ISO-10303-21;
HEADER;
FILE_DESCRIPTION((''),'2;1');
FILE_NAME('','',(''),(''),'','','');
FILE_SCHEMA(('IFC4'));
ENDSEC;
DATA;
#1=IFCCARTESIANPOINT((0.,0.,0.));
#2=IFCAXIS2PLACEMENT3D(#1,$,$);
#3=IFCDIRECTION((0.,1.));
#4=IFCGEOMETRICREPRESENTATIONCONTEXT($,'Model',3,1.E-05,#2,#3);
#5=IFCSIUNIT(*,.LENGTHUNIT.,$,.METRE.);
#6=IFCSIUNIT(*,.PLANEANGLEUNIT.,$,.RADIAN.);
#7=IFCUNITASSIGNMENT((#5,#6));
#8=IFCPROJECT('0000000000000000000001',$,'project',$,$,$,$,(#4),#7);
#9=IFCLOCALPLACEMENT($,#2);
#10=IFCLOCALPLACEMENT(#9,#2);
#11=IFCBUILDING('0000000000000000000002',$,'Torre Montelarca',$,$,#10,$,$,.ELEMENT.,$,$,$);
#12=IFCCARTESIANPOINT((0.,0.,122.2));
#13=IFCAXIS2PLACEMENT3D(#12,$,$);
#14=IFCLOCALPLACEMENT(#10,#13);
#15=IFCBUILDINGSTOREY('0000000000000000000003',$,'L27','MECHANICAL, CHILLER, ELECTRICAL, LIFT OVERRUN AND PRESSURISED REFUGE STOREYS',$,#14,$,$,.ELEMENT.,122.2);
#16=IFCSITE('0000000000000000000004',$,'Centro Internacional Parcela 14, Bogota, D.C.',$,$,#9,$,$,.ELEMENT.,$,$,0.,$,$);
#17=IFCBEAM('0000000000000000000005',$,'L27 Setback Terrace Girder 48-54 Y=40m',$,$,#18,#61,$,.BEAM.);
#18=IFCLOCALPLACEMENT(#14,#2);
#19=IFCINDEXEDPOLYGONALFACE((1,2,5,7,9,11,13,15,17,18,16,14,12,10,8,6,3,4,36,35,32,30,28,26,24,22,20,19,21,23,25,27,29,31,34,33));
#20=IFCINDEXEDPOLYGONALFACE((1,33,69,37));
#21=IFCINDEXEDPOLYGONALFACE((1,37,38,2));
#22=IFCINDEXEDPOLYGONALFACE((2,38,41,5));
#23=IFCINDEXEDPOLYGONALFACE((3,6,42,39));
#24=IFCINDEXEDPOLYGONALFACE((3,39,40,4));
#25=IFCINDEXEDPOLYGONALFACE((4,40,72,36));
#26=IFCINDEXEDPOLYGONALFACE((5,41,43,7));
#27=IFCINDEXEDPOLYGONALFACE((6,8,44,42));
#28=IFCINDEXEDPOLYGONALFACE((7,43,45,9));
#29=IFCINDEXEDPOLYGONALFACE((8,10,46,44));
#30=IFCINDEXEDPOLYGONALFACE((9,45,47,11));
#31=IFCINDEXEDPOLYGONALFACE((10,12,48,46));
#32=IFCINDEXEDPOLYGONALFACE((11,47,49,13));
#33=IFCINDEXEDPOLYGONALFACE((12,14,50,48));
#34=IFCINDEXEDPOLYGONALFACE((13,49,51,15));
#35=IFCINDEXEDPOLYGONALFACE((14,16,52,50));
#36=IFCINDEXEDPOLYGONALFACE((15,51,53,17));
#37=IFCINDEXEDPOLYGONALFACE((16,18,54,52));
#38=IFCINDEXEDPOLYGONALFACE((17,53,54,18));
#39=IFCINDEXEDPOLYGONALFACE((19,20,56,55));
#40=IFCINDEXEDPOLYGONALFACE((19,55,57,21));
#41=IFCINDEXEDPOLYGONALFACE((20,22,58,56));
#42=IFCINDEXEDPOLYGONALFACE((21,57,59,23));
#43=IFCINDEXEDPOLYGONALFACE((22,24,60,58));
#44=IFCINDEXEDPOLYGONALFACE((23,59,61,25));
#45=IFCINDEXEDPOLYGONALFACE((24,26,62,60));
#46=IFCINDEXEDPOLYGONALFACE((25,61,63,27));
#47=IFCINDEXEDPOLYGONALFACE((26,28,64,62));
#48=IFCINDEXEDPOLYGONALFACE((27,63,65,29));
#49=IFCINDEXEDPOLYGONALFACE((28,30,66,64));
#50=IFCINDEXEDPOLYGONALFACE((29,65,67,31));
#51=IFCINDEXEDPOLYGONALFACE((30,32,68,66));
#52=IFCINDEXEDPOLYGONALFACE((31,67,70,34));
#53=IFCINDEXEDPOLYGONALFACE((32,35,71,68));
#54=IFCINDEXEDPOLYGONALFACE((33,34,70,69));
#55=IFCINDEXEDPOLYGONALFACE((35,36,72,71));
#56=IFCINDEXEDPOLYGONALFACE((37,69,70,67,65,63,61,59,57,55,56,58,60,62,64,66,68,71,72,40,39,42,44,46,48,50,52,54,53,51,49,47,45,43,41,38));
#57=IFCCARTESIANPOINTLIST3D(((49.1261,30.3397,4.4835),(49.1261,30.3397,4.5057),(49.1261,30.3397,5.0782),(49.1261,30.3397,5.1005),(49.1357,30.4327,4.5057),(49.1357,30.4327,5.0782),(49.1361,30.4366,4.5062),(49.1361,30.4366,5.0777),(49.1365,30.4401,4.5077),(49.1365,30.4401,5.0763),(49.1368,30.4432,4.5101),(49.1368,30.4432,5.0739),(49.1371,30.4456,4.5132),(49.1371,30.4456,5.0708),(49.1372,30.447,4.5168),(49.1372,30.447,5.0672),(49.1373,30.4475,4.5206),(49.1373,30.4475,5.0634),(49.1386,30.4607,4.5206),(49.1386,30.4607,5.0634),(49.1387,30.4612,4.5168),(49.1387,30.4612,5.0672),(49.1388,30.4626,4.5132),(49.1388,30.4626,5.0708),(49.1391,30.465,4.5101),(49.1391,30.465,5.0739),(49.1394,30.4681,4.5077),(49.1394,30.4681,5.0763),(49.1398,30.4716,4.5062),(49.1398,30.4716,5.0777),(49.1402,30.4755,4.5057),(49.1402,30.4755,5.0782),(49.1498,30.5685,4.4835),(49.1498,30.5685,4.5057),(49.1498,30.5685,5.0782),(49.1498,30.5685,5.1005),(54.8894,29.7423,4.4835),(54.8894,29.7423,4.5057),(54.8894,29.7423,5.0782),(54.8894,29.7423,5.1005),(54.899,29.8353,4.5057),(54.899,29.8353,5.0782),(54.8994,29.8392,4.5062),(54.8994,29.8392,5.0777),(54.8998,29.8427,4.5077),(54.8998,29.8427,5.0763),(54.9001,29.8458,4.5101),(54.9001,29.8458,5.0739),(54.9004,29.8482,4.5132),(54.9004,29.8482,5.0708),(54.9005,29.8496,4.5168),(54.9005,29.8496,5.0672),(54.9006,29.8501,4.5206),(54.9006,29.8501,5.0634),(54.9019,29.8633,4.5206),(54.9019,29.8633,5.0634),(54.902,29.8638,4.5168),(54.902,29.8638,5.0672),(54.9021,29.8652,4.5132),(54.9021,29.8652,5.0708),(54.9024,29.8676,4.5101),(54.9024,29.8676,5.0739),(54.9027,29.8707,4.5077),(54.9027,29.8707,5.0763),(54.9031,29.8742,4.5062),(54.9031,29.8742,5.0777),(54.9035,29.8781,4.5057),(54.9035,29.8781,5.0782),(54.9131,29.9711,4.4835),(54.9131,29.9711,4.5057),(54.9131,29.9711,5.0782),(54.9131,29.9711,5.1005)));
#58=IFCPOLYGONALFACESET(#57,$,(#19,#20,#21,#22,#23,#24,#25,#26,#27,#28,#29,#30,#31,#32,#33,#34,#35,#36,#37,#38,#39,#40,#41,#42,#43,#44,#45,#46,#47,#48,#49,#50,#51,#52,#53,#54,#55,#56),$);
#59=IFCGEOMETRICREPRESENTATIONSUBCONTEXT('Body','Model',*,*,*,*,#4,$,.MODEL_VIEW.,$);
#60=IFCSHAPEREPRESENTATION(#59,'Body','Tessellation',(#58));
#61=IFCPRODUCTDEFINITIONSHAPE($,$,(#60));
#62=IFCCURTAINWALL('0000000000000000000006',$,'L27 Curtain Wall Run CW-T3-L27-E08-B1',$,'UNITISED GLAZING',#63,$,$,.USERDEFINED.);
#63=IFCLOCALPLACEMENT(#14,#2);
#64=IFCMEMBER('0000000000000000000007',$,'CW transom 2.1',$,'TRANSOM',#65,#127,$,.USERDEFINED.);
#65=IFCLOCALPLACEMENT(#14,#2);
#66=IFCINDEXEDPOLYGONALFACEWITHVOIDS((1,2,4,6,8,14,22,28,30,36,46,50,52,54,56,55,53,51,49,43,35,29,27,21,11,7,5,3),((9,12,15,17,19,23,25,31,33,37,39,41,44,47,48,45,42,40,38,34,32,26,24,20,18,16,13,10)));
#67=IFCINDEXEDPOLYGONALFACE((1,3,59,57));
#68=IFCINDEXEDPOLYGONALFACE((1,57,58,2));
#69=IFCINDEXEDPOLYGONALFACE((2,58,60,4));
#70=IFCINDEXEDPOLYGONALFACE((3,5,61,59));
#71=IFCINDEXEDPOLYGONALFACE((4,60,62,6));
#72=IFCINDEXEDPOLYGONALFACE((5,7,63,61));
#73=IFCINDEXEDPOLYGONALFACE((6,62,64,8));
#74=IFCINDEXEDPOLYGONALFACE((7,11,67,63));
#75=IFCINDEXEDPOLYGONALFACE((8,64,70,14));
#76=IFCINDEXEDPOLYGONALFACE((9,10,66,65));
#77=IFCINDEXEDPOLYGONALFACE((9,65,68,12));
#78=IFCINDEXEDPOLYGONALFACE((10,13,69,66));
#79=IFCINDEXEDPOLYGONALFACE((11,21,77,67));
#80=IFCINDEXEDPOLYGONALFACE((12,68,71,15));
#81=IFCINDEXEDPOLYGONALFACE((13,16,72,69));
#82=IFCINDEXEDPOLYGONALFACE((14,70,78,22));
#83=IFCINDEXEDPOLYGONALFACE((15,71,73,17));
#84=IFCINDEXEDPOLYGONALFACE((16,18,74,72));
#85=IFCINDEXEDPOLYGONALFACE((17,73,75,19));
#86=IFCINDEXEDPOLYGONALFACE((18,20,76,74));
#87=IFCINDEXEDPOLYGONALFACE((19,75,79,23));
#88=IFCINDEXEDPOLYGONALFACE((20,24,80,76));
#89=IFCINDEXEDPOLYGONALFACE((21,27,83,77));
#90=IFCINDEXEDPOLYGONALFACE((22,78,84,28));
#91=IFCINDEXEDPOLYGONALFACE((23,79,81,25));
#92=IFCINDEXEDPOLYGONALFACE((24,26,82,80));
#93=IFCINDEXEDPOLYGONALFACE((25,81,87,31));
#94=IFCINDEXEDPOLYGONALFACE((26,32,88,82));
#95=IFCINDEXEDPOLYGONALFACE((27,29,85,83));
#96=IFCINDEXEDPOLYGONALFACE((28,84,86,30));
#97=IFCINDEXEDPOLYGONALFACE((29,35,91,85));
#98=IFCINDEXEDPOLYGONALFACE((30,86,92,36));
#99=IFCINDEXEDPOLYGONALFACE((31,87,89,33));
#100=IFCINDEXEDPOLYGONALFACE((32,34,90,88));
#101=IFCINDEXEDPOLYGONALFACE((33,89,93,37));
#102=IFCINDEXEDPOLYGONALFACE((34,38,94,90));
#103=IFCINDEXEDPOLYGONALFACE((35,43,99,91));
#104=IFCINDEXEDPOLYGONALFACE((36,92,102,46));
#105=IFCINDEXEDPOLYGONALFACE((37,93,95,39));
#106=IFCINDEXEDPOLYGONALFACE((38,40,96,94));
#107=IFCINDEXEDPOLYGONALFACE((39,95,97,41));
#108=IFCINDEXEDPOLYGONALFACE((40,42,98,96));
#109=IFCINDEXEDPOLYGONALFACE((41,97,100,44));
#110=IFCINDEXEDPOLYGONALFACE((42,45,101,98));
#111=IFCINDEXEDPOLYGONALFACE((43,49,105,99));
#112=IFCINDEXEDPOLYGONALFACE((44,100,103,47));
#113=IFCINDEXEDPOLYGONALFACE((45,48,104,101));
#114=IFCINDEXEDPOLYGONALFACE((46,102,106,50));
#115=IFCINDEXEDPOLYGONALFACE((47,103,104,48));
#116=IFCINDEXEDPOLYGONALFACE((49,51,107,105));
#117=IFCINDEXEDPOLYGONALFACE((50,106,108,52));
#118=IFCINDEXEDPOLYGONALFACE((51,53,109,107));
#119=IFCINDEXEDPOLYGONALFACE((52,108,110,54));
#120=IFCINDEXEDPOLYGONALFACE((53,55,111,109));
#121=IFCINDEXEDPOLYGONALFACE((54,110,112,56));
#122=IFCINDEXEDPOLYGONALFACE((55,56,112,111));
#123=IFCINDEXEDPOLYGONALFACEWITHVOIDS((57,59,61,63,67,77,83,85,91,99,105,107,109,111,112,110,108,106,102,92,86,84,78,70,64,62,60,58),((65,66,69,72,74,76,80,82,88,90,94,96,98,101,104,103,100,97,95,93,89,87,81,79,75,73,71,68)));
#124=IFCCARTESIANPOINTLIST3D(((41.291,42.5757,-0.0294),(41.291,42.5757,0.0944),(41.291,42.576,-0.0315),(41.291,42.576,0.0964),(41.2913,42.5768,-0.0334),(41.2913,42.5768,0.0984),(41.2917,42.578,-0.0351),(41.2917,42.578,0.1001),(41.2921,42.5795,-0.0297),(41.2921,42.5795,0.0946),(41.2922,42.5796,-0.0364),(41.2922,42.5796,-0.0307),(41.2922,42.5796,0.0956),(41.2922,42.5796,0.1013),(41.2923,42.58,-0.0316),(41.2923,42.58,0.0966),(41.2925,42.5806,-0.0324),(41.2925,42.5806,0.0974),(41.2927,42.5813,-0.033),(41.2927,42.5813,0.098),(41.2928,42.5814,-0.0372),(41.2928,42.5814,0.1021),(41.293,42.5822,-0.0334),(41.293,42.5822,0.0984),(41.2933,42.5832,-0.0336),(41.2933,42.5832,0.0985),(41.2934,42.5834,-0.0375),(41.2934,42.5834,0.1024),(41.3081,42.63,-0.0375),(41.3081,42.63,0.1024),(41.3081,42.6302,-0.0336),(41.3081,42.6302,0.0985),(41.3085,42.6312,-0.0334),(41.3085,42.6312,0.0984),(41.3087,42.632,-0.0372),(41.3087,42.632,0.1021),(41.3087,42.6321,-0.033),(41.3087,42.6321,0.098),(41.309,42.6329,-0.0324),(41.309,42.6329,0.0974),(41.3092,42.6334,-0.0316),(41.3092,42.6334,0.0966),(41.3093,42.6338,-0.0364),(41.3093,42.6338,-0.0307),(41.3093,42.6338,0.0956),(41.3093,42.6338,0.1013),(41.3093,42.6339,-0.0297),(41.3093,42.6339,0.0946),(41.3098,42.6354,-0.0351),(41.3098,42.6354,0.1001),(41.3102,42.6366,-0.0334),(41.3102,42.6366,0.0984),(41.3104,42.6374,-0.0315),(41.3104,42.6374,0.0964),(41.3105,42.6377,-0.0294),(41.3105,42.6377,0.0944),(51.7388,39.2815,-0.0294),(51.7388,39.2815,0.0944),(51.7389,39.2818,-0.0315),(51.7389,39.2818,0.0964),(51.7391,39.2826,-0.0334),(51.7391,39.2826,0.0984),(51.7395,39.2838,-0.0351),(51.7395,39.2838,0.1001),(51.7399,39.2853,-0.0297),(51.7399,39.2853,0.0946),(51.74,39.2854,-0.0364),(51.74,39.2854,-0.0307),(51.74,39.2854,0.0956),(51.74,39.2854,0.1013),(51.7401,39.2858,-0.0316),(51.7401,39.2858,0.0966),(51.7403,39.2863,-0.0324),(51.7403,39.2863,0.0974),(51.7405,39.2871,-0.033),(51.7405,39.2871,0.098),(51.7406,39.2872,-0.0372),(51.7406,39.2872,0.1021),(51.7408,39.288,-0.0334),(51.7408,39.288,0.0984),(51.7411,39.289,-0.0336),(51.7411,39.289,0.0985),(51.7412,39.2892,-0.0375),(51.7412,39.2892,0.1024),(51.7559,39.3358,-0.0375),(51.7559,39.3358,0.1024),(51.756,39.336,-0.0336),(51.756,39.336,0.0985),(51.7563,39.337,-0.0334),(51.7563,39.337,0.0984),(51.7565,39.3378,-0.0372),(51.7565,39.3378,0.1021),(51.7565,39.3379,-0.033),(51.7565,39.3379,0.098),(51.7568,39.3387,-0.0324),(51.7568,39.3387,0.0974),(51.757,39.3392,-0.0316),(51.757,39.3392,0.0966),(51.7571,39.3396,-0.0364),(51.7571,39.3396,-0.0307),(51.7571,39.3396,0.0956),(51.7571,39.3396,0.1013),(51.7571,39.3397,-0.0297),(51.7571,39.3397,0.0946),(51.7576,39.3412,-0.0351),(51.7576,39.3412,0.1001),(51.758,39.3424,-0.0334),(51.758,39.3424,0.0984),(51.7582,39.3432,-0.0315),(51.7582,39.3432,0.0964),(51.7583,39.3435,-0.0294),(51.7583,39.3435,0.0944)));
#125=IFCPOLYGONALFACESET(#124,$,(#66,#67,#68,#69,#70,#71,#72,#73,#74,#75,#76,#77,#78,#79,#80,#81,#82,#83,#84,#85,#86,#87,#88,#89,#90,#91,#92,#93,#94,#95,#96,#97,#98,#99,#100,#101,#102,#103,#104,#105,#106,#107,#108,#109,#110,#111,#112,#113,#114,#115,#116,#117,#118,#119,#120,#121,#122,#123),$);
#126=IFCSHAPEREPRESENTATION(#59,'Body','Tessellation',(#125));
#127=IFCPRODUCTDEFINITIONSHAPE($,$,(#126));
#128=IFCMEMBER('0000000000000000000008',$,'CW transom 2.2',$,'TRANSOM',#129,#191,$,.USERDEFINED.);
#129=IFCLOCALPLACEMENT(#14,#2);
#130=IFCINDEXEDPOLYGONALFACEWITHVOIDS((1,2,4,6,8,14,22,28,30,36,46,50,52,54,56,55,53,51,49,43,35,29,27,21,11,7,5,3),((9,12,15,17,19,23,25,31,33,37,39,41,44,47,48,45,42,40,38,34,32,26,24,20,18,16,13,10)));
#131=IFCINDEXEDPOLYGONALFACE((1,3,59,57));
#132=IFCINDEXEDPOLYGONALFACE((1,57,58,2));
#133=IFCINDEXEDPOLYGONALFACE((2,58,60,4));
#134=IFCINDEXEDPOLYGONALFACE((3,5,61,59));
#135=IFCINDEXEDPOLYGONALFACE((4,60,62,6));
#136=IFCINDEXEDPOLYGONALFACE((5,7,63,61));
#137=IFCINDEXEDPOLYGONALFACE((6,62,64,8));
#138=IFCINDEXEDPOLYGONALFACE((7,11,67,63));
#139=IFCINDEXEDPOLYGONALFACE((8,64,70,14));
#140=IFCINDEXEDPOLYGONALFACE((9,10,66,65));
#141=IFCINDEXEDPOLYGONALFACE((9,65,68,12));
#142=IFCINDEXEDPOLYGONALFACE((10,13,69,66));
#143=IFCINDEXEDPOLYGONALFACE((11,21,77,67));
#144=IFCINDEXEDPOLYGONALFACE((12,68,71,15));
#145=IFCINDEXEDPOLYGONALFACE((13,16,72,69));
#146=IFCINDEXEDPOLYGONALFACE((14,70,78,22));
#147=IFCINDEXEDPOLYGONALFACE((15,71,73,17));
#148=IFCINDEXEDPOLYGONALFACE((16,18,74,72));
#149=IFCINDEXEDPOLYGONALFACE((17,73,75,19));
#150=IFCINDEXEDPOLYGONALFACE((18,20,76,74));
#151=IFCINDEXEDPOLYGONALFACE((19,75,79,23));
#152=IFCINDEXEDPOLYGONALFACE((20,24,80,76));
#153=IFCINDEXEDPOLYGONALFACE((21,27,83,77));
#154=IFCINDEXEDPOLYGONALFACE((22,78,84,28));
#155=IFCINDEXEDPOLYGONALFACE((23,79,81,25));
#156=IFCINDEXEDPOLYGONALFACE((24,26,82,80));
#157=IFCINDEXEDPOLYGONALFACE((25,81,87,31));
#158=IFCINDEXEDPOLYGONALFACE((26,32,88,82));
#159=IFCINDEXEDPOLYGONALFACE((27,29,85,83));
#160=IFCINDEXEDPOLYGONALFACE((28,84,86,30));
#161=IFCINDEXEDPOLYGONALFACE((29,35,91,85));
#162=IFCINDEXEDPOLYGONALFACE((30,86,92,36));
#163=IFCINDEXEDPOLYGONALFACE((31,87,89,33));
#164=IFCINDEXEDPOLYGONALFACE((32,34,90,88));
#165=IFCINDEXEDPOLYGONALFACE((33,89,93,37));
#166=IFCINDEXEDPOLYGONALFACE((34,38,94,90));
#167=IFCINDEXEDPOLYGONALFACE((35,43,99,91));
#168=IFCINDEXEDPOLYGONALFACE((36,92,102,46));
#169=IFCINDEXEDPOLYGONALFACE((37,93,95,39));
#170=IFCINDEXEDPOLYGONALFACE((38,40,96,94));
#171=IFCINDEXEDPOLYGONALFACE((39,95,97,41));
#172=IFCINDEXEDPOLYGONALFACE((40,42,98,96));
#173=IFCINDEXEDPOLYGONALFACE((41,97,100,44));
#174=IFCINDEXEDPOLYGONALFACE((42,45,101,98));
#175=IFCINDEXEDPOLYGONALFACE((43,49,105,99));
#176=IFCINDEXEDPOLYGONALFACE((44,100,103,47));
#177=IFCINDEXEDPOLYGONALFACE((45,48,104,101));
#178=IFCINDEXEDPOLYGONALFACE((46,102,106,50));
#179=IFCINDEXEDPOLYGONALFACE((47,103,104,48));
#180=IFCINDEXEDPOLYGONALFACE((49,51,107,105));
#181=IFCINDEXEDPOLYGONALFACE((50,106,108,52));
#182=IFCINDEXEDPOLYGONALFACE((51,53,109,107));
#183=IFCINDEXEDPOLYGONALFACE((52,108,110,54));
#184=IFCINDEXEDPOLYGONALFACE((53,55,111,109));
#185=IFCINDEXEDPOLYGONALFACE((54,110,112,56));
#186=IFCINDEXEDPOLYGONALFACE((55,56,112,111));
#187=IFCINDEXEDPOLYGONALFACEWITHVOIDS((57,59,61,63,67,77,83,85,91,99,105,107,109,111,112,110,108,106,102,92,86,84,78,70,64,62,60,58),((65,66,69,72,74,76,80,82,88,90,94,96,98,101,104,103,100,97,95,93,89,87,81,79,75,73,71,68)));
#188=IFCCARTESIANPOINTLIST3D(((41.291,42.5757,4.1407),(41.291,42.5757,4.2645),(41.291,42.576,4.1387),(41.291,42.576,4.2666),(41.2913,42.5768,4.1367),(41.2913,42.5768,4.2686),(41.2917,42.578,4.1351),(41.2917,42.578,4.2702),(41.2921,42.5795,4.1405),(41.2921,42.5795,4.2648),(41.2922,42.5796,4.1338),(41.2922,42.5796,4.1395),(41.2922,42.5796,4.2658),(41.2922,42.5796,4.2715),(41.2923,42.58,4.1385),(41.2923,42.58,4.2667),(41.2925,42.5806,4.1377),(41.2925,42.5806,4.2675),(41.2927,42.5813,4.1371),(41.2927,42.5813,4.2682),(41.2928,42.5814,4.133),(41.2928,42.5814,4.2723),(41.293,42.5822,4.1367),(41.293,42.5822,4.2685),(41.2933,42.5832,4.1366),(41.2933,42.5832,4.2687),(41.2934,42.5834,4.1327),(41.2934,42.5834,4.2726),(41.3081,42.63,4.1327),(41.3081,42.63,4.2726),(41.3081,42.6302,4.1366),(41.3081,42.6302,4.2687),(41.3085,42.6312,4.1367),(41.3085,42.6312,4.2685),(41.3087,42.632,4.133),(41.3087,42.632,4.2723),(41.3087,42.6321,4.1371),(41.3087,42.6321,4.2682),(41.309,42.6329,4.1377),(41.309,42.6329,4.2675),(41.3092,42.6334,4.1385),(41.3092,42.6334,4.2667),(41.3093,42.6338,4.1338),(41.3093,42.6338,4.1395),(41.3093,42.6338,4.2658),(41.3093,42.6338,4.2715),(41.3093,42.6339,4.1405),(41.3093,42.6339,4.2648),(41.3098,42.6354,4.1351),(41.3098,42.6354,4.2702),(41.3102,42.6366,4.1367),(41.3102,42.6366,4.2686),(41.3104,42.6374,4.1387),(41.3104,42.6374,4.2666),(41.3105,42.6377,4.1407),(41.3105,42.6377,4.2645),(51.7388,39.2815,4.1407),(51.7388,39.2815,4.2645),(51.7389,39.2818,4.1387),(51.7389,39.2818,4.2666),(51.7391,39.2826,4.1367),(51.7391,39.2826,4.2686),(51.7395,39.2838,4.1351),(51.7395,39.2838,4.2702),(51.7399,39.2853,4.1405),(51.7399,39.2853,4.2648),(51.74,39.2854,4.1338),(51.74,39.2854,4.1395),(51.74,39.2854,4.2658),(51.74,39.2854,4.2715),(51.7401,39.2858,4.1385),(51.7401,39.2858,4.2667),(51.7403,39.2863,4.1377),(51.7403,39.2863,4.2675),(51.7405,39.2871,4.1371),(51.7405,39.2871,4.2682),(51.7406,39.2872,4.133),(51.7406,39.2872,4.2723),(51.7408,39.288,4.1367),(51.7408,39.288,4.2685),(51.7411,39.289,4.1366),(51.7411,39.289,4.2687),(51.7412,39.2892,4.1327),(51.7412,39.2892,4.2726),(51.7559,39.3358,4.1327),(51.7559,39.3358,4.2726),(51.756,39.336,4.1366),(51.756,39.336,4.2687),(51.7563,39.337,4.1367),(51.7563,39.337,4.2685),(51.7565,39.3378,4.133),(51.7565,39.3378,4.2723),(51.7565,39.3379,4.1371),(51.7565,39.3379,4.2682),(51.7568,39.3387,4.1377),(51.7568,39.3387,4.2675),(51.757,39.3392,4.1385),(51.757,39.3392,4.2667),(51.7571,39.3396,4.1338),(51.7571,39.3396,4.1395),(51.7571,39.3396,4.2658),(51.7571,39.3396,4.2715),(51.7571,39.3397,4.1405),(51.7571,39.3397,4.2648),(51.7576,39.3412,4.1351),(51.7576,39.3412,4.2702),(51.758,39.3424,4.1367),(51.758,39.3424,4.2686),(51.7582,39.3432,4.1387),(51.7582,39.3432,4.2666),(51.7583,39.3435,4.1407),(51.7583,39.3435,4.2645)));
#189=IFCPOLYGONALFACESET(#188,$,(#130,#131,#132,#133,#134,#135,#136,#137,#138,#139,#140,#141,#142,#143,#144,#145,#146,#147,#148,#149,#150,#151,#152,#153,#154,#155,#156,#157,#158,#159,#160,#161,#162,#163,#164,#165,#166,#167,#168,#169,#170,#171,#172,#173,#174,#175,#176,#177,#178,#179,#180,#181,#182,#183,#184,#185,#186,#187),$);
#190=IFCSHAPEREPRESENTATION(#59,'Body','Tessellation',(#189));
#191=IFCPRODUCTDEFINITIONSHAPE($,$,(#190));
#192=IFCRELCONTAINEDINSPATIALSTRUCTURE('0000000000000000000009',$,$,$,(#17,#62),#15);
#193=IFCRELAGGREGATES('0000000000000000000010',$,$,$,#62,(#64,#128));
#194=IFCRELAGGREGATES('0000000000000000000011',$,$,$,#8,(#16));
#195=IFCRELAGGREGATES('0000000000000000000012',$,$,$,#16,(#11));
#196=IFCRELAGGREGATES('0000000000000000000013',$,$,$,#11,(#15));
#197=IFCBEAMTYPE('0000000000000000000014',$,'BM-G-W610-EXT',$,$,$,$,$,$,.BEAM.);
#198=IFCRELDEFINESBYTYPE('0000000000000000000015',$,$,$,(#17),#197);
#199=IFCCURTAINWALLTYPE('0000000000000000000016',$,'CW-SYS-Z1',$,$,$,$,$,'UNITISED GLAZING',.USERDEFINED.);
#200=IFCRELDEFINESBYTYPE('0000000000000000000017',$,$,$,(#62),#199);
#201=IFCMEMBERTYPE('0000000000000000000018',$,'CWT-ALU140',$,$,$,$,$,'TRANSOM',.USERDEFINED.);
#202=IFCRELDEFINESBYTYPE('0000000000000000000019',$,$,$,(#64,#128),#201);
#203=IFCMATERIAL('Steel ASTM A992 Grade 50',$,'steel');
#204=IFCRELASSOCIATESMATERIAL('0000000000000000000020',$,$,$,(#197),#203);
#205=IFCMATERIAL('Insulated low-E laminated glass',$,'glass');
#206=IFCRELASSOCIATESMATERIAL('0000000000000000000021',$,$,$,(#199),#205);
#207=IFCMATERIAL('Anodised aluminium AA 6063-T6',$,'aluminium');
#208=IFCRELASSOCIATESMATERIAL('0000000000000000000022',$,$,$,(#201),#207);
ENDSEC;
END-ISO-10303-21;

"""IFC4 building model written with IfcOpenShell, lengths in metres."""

from ifc_helpers import new_model, si_unit, direction, frame, origin, origin_2d, place, context, subcontext, project, spatial, hollow_rectangle, i_section, extrude, source, transform, mapped, material, material_profile, profile_set, type_object, element, aggregate, save


model = new_model("IFC4")

# Units and contexts
model_context = context("Model", 3, precision=1e-05, world=origin(), true_north=direction((0.0, 1.0)))
body_context = subcontext(model_context, "Body", "Model", "MODEL_VIEW")
ifc_project = project(units=[si_unit("LENGTHUNIT", "METRE"), si_unit("PLANEANGLEUNIT", "RADIAN")], contexts=[model_context])

# Site, building, storey
site_placement = place(None, origin())
site = spatial("IfcSite", under=ifc_project, at=site_placement, Name="Centro Internacional Parcela 14, Bogota, D.C.", CompositionType="ELEMENT", RefElevation=0.0)
building_placement = place(site_placement, origin())
building = spatial("IfcBuilding", under=site, at=building_placement, Name="Torre Montelarca", CompositionType="ELEMENT")
storey_placement = place(building_placement, frame((0.0, 0.0, 122.2)))
storey = spatial("IfcBuildingStorey", under=building, at=storey_placement, Name="L27", Description="MECHANICAL, CHILLER, ELECTRICAL, LIFT OVERRUN AND PRESSURISED REFUGE STOREYS", CompositionType="ELEMENT", Elevation=122.2)

# Shared definitions
ifc_material_1 = material(Name="Steel ASTM A992 Grade 50", Category="steel")

# Beam
ifc_material_profile_1 = material_profile(ifc_material_1, i_section(OverallWidth=0.23, OverallDepth=0.6169, WebThickness=0.0132, FlangeThickness=0.0222, FilletRadius=0.0149, at=origin_2d()), Name="W610X140", Category="steel")
ifc_profile_set_1 = profile_set([ifc_material_profile_1], Name="Steel ASTM A992 Grade 50")
beam_type_1 = type_object("IfcBeamType", Name="BM-G-W610-EXT", PredefinedType="BEAM", material=ifc_profile_set_1)
shared_shape_1 = source(origin(), body_context, "Body", "SweptSolid", [
    extrude(i_section(OverallWidth=0.23, OverallDepth=0.6169, WebThickness=0.0132, FlangeThickness=0.0222, FilletRadius=0.0149, at=origin_2d()), origin(), (0.0, 0.0, 1.0), 5.7942),
])
beam_1_placement = place(storey_placement, frame((49.1379, 30.4541, 4.792), z_axis=(0.994671, -0.103103, 0.0), x_axis=(0.103103, 0.994671, 0.0)))
element("IfcBeam", 1, at=beam_1_placement, inside=storey, type_object=beam_type_1, Name="L27 Setback Terrace Girder 48-54 Y=40m", PredefinedType="BEAM", context=body_context, shape_type="MappedRepresentation", body=[
    mapped(shared_shape_1, transform((0.0, 0.0, 0.0), scale=1.0)),
])

# Curtain wall, members
ifc_material_2 = material(Name="Insulated low-E laminated glass", Category="glass")
curtain_wall_type = type_object("IfcCurtainWallType", Name="CW-SYS-Z1", ElementType="UNITISED GLAZING", PredefinedType="USERDEFINED", material=ifc_material_2)
curtain_wall_1_placement = place(storey_placement, origin())
curtain_wall_1 = element("IfcCurtainWall", 2, at=curtain_wall_1_placement, inside=storey, type_object=curtain_wall_type, Name="L27 Curtain Wall Run CW-T3-L27-E08-B1", ObjectType="UNITISED GLAZING", PredefinedType="USERDEFINED")
ifc_material_3 = material(Name="Anodised aluminium AA 6063-T6", Category="aluminium")
ifc_material_profile_2 = material_profile(ifc_material_3, hollow_rectangle(XDim=0.0649, YDim=0.1399, WallThickness=0.0039, InnerFilletRadius=0.0039, OuterFilletRadius=0.0081, at=origin_2d()), Name="ALU65X140X4", Category="aluminium")
ifc_profile_set_2 = profile_set([ifc_material_profile_2], Name="Anodised aluminium AA 6063-T6")
member_type_1 = type_object("IfcMemberType", Name="CWT-ALU140", ElementType="TRANSOM", PredefinedType="USERDEFINED", material=ifc_profile_set_2)
shared_shape_2 = source(origin(), body_context, "Body", "SweptSolid", [
    extrude(hollow_rectangle(XDim=0.0649, YDim=0.1399, WallThickness=0.0039, InnerFilletRadius=0.0039, OuterFilletRadius=0.0081, at=origin_2d()), origin(), (0.0, 0.0, 1.0), 10.9548),
])
member_1_placement = place(storey_placement, frame((51.7485, 39.3125, 0.0325), z_axis=(-0.953716, 0.300708, 0.0), x_axis=(-0.300708, -0.953716, 0.0)))
member_1 = element("IfcMember", 3, at=member_1_placement, type_object=member_type_1, Name="CW transom 2.1", ObjectType="TRANSOM", PredefinedType="USERDEFINED", context=body_context, shape_type="MappedRepresentation", body=[
    mapped(shared_shape_2, transform((0.0, 0.0, 0.0), scale=1.0)),
])
member_2_placement = place(storey_placement, frame((51.7485, 39.3125, 4.2026), z_axis=(-0.953716, 0.300708, 0.0), x_axis=(-0.300708, -0.953716, 0.0)))
member_2 = element("IfcMember", 4, at=member_2_placement, type_object=member_type_1, Name="CW transom 2.2", ObjectType="TRANSOM", PredefinedType="USERDEFINED", context=body_context, shape_type="MappedRepresentation", body=[
    mapped(shared_shape_2, transform((0.0, 0.0, 0.0), scale=1.0)),
])

aggregate(curtain_wall_1, [member_1, member_2])

save(model, "model.ifc")
